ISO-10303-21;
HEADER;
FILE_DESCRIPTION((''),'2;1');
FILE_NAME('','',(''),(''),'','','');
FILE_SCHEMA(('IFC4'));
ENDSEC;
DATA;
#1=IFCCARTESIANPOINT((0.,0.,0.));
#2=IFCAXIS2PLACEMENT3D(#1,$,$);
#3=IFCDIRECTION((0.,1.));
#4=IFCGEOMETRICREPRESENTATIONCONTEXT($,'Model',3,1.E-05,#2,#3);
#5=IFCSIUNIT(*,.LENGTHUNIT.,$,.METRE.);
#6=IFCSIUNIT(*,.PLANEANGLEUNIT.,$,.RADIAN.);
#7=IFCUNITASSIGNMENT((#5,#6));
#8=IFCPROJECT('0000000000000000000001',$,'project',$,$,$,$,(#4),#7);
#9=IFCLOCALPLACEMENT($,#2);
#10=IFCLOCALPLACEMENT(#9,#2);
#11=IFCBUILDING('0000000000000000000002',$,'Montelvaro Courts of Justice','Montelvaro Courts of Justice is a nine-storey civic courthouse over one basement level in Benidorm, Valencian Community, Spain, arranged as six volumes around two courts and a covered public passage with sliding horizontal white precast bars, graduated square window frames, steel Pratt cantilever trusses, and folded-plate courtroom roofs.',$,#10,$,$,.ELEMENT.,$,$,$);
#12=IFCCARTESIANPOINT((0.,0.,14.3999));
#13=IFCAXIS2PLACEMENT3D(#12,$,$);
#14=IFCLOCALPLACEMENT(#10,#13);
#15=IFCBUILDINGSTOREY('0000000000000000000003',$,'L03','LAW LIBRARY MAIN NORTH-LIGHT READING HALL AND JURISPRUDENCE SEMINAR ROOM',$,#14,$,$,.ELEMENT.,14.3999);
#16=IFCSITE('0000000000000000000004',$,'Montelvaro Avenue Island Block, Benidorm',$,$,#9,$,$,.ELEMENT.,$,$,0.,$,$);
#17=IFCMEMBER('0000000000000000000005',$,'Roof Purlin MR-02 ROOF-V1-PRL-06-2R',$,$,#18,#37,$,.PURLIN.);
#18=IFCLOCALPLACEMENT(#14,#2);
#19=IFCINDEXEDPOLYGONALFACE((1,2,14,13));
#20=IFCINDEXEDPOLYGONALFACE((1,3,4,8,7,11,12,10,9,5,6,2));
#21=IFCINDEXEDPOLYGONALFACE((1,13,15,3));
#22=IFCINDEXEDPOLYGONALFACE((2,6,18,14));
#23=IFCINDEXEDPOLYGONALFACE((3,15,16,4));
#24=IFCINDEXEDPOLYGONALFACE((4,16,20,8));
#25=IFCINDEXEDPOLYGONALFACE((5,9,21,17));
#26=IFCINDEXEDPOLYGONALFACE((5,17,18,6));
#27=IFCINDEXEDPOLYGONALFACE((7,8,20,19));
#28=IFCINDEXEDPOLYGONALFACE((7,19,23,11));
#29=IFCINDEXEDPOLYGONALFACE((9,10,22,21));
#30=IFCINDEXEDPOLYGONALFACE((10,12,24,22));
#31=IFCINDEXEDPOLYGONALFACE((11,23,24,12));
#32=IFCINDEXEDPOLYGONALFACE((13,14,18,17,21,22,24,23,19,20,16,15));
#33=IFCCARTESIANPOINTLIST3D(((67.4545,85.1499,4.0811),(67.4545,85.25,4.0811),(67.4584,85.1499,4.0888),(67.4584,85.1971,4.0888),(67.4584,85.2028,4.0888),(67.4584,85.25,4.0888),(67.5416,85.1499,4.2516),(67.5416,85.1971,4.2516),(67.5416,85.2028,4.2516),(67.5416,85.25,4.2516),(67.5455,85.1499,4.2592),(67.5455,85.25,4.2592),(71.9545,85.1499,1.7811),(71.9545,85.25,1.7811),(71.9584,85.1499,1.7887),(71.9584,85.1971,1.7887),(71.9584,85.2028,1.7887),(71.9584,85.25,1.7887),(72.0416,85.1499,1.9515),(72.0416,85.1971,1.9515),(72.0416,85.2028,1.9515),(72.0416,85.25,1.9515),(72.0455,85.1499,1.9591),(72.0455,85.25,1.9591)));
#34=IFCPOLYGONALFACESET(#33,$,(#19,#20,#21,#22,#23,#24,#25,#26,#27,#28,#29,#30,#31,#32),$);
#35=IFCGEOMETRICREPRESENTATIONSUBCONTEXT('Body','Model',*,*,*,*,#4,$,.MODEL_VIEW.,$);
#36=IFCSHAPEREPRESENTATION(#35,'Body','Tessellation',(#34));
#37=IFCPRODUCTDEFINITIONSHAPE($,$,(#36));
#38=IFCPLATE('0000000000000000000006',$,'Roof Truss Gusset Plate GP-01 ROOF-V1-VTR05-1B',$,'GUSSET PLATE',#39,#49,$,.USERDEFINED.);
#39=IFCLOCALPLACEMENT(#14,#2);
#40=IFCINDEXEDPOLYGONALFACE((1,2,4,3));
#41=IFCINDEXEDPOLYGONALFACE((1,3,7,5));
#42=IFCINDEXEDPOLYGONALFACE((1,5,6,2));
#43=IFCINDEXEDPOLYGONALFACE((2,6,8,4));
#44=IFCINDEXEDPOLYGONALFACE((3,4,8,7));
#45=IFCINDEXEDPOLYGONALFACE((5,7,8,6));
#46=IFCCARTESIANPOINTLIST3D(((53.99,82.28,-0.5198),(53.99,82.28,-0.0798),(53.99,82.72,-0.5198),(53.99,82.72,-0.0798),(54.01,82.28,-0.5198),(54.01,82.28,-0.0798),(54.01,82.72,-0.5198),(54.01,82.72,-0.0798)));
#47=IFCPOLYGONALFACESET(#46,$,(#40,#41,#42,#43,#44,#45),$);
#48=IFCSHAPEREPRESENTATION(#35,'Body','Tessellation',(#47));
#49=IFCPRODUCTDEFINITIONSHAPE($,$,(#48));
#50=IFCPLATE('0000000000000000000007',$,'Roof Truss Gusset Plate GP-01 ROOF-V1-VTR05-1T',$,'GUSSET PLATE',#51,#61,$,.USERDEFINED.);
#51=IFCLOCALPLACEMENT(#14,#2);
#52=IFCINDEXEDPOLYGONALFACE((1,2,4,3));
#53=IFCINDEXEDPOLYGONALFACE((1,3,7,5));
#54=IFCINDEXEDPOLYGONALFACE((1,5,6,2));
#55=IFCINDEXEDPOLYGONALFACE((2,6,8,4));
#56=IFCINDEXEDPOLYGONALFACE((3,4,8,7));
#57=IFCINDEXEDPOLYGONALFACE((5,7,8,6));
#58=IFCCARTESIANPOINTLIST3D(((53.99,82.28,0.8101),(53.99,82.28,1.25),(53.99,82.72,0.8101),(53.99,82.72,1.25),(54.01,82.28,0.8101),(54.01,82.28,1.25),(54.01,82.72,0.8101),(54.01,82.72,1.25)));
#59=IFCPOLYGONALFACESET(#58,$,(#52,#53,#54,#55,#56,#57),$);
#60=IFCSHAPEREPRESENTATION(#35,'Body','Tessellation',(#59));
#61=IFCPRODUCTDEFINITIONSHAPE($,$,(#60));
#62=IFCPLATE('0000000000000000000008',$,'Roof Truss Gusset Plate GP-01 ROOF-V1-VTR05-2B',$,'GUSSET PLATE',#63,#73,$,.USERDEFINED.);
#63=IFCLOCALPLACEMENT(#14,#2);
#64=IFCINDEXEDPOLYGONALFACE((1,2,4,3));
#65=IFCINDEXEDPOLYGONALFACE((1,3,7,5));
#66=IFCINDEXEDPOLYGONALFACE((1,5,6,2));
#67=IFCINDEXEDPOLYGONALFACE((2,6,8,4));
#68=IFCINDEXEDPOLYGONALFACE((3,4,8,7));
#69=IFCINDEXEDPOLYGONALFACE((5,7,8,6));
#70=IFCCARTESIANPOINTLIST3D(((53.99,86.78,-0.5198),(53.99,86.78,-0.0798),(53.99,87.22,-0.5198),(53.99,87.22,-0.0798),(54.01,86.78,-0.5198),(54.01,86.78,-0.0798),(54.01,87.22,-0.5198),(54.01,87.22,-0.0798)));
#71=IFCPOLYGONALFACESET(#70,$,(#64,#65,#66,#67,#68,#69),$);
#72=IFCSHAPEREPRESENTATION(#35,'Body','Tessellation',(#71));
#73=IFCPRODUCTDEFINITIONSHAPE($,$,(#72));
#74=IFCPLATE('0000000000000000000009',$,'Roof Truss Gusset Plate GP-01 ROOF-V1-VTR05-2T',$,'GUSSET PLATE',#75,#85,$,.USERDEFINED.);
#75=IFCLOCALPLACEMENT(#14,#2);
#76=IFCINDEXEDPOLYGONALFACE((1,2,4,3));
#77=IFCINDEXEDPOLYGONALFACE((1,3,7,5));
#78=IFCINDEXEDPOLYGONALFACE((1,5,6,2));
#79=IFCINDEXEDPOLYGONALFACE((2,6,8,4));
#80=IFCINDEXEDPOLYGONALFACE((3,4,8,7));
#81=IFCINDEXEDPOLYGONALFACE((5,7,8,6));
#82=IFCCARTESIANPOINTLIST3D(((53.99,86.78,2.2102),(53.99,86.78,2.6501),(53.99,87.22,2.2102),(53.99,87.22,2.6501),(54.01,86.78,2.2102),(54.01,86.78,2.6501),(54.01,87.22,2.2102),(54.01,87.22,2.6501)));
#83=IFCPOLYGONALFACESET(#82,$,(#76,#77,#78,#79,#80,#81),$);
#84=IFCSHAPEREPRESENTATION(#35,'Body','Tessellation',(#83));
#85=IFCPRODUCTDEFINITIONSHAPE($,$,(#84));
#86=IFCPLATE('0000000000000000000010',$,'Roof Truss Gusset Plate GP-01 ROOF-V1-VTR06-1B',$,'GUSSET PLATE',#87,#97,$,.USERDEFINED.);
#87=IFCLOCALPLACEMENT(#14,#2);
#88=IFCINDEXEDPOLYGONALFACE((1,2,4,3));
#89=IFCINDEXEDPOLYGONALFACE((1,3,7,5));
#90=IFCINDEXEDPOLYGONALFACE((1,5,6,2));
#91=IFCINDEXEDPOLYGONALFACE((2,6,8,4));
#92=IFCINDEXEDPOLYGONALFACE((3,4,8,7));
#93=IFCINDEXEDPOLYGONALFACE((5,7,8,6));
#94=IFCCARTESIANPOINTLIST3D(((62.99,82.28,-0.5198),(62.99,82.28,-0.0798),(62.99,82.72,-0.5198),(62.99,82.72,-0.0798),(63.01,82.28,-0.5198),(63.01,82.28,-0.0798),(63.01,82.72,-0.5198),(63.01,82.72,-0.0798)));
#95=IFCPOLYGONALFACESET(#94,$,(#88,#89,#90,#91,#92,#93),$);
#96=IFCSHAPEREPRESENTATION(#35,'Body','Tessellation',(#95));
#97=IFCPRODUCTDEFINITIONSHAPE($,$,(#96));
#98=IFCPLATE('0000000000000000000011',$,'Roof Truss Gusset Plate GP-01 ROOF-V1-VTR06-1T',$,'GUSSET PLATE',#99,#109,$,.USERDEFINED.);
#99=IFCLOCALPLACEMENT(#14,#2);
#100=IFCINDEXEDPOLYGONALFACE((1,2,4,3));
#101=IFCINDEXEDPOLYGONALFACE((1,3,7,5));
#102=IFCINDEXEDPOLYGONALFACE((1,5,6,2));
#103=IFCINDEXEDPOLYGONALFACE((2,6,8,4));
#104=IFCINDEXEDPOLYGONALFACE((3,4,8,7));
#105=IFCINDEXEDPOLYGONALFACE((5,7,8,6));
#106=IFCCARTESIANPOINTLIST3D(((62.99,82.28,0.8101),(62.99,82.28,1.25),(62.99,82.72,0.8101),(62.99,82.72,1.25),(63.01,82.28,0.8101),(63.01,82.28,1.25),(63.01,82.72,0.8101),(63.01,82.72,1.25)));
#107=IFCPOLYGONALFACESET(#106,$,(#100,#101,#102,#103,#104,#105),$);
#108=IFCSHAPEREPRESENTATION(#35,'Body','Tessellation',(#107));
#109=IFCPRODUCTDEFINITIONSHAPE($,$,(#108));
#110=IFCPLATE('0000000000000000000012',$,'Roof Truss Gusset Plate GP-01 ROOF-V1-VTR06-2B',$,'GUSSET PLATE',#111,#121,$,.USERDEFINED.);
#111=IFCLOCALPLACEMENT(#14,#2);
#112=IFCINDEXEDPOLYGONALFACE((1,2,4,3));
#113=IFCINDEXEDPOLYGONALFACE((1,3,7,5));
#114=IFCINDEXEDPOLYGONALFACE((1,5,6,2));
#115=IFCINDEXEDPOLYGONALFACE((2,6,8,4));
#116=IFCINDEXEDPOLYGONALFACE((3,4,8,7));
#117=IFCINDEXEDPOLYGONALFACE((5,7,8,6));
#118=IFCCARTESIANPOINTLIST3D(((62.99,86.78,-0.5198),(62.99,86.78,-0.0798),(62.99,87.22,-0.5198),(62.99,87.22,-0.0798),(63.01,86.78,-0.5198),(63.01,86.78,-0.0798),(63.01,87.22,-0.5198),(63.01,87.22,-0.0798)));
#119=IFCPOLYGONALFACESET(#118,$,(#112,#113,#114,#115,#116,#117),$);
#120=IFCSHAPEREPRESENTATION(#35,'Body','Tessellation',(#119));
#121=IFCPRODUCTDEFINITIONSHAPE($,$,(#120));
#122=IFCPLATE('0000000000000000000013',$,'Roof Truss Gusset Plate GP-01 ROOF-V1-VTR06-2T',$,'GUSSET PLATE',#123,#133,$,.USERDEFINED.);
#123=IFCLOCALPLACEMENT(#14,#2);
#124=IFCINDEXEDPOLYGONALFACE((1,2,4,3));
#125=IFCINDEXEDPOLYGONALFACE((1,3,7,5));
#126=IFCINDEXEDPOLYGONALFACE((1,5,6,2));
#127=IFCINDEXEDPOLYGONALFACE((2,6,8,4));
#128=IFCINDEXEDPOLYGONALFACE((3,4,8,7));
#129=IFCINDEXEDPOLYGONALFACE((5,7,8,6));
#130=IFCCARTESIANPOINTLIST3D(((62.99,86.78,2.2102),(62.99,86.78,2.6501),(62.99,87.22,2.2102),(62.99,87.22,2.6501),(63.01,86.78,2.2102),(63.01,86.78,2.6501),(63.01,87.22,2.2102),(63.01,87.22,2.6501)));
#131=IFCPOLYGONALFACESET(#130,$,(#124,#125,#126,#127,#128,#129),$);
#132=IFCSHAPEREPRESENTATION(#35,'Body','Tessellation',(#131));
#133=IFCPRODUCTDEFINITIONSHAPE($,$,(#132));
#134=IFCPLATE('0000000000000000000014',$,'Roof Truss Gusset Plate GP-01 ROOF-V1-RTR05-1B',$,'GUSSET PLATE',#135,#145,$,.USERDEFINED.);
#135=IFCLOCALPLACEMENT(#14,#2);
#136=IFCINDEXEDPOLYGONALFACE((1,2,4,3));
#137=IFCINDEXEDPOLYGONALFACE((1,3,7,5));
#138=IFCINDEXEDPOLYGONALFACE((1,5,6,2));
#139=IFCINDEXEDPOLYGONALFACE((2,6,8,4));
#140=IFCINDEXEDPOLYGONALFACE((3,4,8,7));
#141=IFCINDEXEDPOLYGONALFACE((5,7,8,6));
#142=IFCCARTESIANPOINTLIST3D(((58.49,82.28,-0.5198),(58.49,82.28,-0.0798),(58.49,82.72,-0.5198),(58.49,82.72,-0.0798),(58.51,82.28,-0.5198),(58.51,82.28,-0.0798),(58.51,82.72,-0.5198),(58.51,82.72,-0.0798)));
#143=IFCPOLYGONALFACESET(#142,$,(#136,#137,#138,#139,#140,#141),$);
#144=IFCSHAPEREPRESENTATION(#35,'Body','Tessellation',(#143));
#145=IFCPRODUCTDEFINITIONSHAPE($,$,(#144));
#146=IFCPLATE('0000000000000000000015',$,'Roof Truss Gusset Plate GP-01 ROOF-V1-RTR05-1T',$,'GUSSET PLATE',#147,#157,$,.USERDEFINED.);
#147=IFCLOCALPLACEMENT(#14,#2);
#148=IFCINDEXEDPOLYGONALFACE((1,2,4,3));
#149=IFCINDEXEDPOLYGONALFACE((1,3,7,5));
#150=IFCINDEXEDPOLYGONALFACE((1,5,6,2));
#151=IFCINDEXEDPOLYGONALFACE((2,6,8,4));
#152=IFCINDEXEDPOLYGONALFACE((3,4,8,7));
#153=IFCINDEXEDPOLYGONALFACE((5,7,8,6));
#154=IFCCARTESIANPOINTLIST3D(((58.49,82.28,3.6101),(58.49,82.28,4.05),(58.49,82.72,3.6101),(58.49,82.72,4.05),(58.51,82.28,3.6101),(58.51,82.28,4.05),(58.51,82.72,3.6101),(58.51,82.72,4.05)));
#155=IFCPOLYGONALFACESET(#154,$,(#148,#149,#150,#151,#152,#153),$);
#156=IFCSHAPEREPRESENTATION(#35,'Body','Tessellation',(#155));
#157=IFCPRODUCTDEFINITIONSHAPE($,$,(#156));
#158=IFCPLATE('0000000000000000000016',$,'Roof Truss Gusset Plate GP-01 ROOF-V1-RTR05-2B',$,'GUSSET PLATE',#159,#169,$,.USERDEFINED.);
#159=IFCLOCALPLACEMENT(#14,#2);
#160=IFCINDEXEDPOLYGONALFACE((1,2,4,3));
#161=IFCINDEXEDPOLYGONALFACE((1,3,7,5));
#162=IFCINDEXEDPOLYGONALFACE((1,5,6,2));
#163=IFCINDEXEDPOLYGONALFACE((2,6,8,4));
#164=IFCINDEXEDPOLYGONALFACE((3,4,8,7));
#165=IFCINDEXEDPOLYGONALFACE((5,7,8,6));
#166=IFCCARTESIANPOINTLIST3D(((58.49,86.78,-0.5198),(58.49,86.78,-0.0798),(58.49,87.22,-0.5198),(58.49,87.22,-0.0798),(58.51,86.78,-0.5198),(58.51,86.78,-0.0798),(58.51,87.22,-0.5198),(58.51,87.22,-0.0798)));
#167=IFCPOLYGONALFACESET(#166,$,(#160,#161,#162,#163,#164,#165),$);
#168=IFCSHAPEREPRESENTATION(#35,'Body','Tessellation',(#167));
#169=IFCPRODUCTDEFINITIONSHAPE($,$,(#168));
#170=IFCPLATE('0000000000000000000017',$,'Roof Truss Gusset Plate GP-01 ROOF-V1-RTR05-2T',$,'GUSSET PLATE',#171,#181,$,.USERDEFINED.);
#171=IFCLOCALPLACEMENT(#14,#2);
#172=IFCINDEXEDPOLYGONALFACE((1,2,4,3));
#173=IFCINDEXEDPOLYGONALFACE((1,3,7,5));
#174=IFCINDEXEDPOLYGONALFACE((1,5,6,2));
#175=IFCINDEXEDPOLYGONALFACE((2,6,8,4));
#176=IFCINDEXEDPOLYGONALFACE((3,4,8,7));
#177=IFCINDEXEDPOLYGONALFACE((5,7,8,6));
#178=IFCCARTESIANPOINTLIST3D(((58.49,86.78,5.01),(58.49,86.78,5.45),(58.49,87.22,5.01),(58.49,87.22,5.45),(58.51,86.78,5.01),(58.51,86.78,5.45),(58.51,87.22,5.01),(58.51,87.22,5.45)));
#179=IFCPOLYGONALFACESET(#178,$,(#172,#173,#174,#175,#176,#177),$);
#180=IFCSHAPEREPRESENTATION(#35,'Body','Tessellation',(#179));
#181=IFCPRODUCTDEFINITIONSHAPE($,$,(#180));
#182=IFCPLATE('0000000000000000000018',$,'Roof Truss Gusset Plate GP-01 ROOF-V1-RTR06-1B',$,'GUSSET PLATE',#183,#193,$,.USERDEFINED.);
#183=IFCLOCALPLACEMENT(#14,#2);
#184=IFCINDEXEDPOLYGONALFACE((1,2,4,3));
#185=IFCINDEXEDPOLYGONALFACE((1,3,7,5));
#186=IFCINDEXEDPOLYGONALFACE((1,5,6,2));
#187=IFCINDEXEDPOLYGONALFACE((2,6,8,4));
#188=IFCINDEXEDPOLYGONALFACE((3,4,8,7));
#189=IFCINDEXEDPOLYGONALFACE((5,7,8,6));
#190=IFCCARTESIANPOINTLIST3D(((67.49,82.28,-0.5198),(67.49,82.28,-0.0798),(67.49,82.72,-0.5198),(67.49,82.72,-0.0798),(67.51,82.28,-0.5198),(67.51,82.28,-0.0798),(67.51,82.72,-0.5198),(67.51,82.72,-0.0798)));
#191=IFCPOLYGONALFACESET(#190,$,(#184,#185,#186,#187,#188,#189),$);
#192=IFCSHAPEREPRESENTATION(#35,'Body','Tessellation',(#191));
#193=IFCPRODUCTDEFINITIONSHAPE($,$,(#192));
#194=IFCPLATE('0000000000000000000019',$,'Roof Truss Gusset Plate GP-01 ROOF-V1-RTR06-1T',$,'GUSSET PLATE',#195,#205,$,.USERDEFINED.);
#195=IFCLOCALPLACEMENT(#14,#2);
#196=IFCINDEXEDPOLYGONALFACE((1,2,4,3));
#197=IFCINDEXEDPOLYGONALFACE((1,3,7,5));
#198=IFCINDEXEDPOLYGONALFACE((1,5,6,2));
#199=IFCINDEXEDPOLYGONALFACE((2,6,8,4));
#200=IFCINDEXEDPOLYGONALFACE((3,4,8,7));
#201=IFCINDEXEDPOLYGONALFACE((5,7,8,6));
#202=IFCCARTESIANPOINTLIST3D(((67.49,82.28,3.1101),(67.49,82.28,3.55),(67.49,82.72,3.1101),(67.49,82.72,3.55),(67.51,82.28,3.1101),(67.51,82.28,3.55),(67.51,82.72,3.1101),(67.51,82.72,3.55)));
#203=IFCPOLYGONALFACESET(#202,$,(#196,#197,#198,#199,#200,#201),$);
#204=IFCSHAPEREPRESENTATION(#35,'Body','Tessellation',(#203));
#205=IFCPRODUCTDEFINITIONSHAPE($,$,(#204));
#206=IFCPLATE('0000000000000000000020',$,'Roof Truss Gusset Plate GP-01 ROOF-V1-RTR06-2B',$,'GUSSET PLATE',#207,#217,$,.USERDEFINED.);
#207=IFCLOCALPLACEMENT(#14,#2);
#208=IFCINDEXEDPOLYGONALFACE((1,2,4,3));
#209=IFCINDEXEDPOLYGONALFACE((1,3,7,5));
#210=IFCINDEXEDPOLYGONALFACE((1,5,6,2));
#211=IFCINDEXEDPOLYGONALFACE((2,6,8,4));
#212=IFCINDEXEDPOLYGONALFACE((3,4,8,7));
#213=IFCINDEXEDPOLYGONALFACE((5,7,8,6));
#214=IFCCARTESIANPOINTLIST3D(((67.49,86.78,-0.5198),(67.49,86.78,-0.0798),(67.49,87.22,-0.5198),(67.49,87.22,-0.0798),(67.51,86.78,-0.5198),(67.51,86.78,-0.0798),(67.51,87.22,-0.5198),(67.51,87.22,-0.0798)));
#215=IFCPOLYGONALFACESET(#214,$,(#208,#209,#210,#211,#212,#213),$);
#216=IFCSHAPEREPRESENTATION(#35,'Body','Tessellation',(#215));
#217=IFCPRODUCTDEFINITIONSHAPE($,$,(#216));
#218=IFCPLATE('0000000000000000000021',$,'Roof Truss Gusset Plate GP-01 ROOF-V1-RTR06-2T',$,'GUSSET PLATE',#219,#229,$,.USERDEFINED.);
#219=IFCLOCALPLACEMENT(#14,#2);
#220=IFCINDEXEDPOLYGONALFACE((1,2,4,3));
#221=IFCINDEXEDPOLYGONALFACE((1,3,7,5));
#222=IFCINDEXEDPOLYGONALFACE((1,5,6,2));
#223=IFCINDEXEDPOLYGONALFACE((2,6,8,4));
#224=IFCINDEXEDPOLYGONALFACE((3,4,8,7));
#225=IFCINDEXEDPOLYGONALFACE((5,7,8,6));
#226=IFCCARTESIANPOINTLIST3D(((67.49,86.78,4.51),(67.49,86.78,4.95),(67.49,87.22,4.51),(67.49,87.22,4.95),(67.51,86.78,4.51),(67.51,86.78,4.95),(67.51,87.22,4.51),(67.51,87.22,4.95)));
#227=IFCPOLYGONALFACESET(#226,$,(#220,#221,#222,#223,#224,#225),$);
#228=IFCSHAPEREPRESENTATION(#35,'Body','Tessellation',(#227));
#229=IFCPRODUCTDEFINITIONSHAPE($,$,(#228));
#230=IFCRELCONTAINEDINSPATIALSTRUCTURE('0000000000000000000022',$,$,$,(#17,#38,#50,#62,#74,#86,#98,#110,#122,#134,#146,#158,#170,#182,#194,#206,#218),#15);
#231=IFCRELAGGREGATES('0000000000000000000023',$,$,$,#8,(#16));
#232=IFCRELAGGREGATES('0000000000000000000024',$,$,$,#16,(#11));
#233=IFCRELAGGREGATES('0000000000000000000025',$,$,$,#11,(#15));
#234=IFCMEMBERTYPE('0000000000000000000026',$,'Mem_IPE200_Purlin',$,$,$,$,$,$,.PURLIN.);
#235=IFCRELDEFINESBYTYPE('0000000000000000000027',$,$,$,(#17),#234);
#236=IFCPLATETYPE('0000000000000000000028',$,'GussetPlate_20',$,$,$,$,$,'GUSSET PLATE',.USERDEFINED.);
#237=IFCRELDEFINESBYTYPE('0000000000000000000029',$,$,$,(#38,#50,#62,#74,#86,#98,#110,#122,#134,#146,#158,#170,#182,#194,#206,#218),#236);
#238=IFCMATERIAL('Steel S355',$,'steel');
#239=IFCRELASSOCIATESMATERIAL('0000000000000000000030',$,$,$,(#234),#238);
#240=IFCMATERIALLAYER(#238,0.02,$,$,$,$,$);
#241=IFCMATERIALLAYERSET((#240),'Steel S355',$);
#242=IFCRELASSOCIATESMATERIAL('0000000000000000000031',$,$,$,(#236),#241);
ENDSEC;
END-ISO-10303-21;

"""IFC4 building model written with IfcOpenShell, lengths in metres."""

from ifc_helpers import new_model, si_unit, direction, frame, origin, origin_2d, place, context, subcontext, project, spatial, rectangle, i_section, extrude, material, layer, layer_set, material_profile, profile_set, type_object, element, save


model = new_model("IFC4")

# Units and contexts
model_context = context("Model", 3, precision=1e-05, world=origin(), true_north=direction((0.0, 1.0)))
body_context = subcontext(model_context, "Body", "Model", "MODEL_VIEW")
ifc_project = project(units=[si_unit("LENGTHUNIT", "METRE"), si_unit("PLANEANGLEUNIT", "RADIAN")], contexts=[model_context])

# Site, building, storey
site_placement = place(None, origin())
site = spatial("IfcSite", under=ifc_project, at=site_placement, Name="Montelvaro Avenue Island Block, Benidorm", CompositionType="ELEMENT", RefElevation=0.0)
building_placement = place(site_placement, origin())
building = spatial("IfcBuilding", under=site, at=building_placement, Name="Montelvaro Courts of Justice", Description="Montelvaro Courts of Justice is a nine-storey civic courthouse over one basement level in Benidorm, Valencian Community, Spain, arranged as six volumes around two courts and a covered public passage with sliding horizontal white precast bars, graduated square window frames, steel Pratt cantilever trusses, and folded-plate courtroom roofs.", CompositionType="ELEMENT")
storey_placement = place(building_placement, frame((0.0, 0.0, 14.3999)))
storey = spatial("IfcBuildingStorey", under=building, at=storey_placement, Name="L03", Description="LAW LIBRARY MAIN NORTH-LIGHT READING HALL AND JURISPRUDENCE SEMINAR ROOM", CompositionType="ELEMENT", Elevation=14.3999)

# Member
ifc_material = material(Name="Steel S355", Category="steel")
ifc_material_profile_1 = material_profile(ifc_material, i_section(OverallWidth=0.1001, OverallDepth=0.2, WebThickness=0.0056, FlangeThickness=0.0085, at=origin_2d()), Name="IPE 200")
ifc_profile_set_1 = profile_set([ifc_material_profile_1], Name="Steel S355")
member_type_1 = type_object("IfcMemberType", Name="Mem_IPE200_Purlin", PredefinedType="PURLIN", material=ifc_profile_set_1)
for number, where, z_axis, x_axis, name in (
    (1, (67.5, 85.2, 4.1702), (0.890431, 0.0, -0.455119), (0.0, 1.0, 0.0), "Roof Purlin MR-02 ROOF-V1-PRL-06-2R"),
):
    element("IfcMember", number, at=place(storey_placement, frame(where, z_axis=z_axis, x_axis=x_axis)), inside=storey, type_object=member_type_1, Name=name, PredefinedType="PURLIN", context=body_context, shape_type="SweptSolid", body=[
        extrude(i_section(OverallWidth=0.1001, OverallDepth=0.2, WebThickness=0.0056, FlangeThickness=0.0085, at=origin_2d()), origin(), (0.0, 0.0, 1.0), 5.0537),
    ])

# Plates
ifc_layer = layer(ifc_material, 0.02)
ifc_layer_set = layer_set([ifc_layer], Name="Steel S355")
plate_type = type_object("IfcPlateType", Name="GussetPlate_20", ElementType="GUSSET PLATE", PredefinedType="USERDEFINED", material=ifc_layer_set)
for number, where, z_axis, x_axis, name in (
    (2, (54.0, 82.5, -0.5198), (0.0, 0.0, 1.0), (1.0, 0.0, 0.0), "Roof Truss Gusset Plate GP-01 ROOF-V1-VTR05-1B"),
    (3, (54.0, 82.5, 0.8101), (0.0, 0.0, 1.0), (1.0, 0.0, 0.0), "Roof Truss Gusset Plate GP-01 ROOF-V1-VTR05-1T"),
    (4, (54.0, 87.0, -0.5198), (0.0, 0.0, 1.0), (1.0, 0.0, 0.0), "Roof Truss Gusset Plate GP-01 ROOF-V1-VTR05-2B"),
    (5, (54.0, 87.0, 2.2102), (0.0, 0.0, 1.0), (1.0, 0.0, 0.0), "Roof Truss Gusset Plate GP-01 ROOF-V1-VTR05-2T"),
    (6, (63.0, 82.5, -0.5198), (0.0, 0.0, 1.0), (1.0, 0.0, 0.0), "Roof Truss Gusset Plate GP-01 ROOF-V1-VTR06-1B"),
    (7, (63.0, 82.5, 0.8101), (0.0, 0.0, 1.0), (1.0, 0.0, 0.0), "Roof Truss Gusset Plate GP-01 ROOF-V1-VTR06-1T"),
    (8, (63.0, 87.0, -0.5198), (0.0, 0.0, 1.0), (1.0, 0.0, 0.0), "Roof Truss Gusset Plate GP-01 ROOF-V1-VTR06-2B"),
    (9, (63.0, 87.0, 2.2102), (0.0, 0.0, 1.0), (1.0, 0.0, 0.0), "Roof Truss Gusset Plate GP-01 ROOF-V1-VTR06-2T"),
    (10, (58.5, 82.5, -0.5198), (0.0, 0.0, 1.0), (1.0, 0.0, 0.0), "Roof Truss Gusset Plate GP-01 ROOF-V1-RTR05-1B"),
    (11, (58.5, 82.5, 3.6101), (0.0, 0.0, 1.0), (1.0, 0.0, 0.0), "Roof Truss Gusset Plate GP-01 ROOF-V1-RTR05-1T"),
    (12, (58.5, 87.0, -0.5198), (0.0, 0.0, 1.0), (1.0, 0.0, 0.0), "Roof Truss Gusset Plate GP-01 ROOF-V1-RTR05-2B"),
    (13, (58.5, 87.0, 5.01), (0.0, 0.0, 1.0), (1.0, 0.0, 0.0), "Roof Truss Gusset Plate GP-01 ROOF-V1-RTR05-2T"),
    (14, (67.5, 82.5, -0.5198), (0.0, 0.0, 1.0), (1.0, 0.0, 0.0), "Roof Truss Gusset Plate GP-01 ROOF-V1-RTR06-1B"),
    (15, (67.5, 82.5, 3.1101), (0.0, 0.0, 1.0), (1.0, 0.0, 0.0), "Roof Truss Gusset Plate GP-01 ROOF-V1-RTR06-1T"),
    (16, (67.5, 87.0, -0.5198), (0.0, 0.0, 1.0), (1.0, 0.0, 0.0), "Roof Truss Gusset Plate GP-01 ROOF-V1-RTR06-2B"),
    (17, (67.5, 87.0, 4.51), (0.0, 0.0, 1.0), (1.0, 0.0, 0.0), "Roof Truss Gusset Plate GP-01 ROOF-V1-RTR06-2T"),
):
    element("IfcPlate", number, at=place(storey_placement, frame(where, z_axis=z_axis, x_axis=x_axis)), inside=storey, type_object=plate_type, Name=name, ObjectType="GUSSET PLATE", PredefinedType="USERDEFINED", context=body_context, shape_type="SweptSolid", body=[
        extrude(rectangle(XDim=0.02, YDim=0.4399, at=origin_2d()), origin(), (0.0, 0.0, 1.0), 0.4399),
    ])

save(model, "model.ifc")
